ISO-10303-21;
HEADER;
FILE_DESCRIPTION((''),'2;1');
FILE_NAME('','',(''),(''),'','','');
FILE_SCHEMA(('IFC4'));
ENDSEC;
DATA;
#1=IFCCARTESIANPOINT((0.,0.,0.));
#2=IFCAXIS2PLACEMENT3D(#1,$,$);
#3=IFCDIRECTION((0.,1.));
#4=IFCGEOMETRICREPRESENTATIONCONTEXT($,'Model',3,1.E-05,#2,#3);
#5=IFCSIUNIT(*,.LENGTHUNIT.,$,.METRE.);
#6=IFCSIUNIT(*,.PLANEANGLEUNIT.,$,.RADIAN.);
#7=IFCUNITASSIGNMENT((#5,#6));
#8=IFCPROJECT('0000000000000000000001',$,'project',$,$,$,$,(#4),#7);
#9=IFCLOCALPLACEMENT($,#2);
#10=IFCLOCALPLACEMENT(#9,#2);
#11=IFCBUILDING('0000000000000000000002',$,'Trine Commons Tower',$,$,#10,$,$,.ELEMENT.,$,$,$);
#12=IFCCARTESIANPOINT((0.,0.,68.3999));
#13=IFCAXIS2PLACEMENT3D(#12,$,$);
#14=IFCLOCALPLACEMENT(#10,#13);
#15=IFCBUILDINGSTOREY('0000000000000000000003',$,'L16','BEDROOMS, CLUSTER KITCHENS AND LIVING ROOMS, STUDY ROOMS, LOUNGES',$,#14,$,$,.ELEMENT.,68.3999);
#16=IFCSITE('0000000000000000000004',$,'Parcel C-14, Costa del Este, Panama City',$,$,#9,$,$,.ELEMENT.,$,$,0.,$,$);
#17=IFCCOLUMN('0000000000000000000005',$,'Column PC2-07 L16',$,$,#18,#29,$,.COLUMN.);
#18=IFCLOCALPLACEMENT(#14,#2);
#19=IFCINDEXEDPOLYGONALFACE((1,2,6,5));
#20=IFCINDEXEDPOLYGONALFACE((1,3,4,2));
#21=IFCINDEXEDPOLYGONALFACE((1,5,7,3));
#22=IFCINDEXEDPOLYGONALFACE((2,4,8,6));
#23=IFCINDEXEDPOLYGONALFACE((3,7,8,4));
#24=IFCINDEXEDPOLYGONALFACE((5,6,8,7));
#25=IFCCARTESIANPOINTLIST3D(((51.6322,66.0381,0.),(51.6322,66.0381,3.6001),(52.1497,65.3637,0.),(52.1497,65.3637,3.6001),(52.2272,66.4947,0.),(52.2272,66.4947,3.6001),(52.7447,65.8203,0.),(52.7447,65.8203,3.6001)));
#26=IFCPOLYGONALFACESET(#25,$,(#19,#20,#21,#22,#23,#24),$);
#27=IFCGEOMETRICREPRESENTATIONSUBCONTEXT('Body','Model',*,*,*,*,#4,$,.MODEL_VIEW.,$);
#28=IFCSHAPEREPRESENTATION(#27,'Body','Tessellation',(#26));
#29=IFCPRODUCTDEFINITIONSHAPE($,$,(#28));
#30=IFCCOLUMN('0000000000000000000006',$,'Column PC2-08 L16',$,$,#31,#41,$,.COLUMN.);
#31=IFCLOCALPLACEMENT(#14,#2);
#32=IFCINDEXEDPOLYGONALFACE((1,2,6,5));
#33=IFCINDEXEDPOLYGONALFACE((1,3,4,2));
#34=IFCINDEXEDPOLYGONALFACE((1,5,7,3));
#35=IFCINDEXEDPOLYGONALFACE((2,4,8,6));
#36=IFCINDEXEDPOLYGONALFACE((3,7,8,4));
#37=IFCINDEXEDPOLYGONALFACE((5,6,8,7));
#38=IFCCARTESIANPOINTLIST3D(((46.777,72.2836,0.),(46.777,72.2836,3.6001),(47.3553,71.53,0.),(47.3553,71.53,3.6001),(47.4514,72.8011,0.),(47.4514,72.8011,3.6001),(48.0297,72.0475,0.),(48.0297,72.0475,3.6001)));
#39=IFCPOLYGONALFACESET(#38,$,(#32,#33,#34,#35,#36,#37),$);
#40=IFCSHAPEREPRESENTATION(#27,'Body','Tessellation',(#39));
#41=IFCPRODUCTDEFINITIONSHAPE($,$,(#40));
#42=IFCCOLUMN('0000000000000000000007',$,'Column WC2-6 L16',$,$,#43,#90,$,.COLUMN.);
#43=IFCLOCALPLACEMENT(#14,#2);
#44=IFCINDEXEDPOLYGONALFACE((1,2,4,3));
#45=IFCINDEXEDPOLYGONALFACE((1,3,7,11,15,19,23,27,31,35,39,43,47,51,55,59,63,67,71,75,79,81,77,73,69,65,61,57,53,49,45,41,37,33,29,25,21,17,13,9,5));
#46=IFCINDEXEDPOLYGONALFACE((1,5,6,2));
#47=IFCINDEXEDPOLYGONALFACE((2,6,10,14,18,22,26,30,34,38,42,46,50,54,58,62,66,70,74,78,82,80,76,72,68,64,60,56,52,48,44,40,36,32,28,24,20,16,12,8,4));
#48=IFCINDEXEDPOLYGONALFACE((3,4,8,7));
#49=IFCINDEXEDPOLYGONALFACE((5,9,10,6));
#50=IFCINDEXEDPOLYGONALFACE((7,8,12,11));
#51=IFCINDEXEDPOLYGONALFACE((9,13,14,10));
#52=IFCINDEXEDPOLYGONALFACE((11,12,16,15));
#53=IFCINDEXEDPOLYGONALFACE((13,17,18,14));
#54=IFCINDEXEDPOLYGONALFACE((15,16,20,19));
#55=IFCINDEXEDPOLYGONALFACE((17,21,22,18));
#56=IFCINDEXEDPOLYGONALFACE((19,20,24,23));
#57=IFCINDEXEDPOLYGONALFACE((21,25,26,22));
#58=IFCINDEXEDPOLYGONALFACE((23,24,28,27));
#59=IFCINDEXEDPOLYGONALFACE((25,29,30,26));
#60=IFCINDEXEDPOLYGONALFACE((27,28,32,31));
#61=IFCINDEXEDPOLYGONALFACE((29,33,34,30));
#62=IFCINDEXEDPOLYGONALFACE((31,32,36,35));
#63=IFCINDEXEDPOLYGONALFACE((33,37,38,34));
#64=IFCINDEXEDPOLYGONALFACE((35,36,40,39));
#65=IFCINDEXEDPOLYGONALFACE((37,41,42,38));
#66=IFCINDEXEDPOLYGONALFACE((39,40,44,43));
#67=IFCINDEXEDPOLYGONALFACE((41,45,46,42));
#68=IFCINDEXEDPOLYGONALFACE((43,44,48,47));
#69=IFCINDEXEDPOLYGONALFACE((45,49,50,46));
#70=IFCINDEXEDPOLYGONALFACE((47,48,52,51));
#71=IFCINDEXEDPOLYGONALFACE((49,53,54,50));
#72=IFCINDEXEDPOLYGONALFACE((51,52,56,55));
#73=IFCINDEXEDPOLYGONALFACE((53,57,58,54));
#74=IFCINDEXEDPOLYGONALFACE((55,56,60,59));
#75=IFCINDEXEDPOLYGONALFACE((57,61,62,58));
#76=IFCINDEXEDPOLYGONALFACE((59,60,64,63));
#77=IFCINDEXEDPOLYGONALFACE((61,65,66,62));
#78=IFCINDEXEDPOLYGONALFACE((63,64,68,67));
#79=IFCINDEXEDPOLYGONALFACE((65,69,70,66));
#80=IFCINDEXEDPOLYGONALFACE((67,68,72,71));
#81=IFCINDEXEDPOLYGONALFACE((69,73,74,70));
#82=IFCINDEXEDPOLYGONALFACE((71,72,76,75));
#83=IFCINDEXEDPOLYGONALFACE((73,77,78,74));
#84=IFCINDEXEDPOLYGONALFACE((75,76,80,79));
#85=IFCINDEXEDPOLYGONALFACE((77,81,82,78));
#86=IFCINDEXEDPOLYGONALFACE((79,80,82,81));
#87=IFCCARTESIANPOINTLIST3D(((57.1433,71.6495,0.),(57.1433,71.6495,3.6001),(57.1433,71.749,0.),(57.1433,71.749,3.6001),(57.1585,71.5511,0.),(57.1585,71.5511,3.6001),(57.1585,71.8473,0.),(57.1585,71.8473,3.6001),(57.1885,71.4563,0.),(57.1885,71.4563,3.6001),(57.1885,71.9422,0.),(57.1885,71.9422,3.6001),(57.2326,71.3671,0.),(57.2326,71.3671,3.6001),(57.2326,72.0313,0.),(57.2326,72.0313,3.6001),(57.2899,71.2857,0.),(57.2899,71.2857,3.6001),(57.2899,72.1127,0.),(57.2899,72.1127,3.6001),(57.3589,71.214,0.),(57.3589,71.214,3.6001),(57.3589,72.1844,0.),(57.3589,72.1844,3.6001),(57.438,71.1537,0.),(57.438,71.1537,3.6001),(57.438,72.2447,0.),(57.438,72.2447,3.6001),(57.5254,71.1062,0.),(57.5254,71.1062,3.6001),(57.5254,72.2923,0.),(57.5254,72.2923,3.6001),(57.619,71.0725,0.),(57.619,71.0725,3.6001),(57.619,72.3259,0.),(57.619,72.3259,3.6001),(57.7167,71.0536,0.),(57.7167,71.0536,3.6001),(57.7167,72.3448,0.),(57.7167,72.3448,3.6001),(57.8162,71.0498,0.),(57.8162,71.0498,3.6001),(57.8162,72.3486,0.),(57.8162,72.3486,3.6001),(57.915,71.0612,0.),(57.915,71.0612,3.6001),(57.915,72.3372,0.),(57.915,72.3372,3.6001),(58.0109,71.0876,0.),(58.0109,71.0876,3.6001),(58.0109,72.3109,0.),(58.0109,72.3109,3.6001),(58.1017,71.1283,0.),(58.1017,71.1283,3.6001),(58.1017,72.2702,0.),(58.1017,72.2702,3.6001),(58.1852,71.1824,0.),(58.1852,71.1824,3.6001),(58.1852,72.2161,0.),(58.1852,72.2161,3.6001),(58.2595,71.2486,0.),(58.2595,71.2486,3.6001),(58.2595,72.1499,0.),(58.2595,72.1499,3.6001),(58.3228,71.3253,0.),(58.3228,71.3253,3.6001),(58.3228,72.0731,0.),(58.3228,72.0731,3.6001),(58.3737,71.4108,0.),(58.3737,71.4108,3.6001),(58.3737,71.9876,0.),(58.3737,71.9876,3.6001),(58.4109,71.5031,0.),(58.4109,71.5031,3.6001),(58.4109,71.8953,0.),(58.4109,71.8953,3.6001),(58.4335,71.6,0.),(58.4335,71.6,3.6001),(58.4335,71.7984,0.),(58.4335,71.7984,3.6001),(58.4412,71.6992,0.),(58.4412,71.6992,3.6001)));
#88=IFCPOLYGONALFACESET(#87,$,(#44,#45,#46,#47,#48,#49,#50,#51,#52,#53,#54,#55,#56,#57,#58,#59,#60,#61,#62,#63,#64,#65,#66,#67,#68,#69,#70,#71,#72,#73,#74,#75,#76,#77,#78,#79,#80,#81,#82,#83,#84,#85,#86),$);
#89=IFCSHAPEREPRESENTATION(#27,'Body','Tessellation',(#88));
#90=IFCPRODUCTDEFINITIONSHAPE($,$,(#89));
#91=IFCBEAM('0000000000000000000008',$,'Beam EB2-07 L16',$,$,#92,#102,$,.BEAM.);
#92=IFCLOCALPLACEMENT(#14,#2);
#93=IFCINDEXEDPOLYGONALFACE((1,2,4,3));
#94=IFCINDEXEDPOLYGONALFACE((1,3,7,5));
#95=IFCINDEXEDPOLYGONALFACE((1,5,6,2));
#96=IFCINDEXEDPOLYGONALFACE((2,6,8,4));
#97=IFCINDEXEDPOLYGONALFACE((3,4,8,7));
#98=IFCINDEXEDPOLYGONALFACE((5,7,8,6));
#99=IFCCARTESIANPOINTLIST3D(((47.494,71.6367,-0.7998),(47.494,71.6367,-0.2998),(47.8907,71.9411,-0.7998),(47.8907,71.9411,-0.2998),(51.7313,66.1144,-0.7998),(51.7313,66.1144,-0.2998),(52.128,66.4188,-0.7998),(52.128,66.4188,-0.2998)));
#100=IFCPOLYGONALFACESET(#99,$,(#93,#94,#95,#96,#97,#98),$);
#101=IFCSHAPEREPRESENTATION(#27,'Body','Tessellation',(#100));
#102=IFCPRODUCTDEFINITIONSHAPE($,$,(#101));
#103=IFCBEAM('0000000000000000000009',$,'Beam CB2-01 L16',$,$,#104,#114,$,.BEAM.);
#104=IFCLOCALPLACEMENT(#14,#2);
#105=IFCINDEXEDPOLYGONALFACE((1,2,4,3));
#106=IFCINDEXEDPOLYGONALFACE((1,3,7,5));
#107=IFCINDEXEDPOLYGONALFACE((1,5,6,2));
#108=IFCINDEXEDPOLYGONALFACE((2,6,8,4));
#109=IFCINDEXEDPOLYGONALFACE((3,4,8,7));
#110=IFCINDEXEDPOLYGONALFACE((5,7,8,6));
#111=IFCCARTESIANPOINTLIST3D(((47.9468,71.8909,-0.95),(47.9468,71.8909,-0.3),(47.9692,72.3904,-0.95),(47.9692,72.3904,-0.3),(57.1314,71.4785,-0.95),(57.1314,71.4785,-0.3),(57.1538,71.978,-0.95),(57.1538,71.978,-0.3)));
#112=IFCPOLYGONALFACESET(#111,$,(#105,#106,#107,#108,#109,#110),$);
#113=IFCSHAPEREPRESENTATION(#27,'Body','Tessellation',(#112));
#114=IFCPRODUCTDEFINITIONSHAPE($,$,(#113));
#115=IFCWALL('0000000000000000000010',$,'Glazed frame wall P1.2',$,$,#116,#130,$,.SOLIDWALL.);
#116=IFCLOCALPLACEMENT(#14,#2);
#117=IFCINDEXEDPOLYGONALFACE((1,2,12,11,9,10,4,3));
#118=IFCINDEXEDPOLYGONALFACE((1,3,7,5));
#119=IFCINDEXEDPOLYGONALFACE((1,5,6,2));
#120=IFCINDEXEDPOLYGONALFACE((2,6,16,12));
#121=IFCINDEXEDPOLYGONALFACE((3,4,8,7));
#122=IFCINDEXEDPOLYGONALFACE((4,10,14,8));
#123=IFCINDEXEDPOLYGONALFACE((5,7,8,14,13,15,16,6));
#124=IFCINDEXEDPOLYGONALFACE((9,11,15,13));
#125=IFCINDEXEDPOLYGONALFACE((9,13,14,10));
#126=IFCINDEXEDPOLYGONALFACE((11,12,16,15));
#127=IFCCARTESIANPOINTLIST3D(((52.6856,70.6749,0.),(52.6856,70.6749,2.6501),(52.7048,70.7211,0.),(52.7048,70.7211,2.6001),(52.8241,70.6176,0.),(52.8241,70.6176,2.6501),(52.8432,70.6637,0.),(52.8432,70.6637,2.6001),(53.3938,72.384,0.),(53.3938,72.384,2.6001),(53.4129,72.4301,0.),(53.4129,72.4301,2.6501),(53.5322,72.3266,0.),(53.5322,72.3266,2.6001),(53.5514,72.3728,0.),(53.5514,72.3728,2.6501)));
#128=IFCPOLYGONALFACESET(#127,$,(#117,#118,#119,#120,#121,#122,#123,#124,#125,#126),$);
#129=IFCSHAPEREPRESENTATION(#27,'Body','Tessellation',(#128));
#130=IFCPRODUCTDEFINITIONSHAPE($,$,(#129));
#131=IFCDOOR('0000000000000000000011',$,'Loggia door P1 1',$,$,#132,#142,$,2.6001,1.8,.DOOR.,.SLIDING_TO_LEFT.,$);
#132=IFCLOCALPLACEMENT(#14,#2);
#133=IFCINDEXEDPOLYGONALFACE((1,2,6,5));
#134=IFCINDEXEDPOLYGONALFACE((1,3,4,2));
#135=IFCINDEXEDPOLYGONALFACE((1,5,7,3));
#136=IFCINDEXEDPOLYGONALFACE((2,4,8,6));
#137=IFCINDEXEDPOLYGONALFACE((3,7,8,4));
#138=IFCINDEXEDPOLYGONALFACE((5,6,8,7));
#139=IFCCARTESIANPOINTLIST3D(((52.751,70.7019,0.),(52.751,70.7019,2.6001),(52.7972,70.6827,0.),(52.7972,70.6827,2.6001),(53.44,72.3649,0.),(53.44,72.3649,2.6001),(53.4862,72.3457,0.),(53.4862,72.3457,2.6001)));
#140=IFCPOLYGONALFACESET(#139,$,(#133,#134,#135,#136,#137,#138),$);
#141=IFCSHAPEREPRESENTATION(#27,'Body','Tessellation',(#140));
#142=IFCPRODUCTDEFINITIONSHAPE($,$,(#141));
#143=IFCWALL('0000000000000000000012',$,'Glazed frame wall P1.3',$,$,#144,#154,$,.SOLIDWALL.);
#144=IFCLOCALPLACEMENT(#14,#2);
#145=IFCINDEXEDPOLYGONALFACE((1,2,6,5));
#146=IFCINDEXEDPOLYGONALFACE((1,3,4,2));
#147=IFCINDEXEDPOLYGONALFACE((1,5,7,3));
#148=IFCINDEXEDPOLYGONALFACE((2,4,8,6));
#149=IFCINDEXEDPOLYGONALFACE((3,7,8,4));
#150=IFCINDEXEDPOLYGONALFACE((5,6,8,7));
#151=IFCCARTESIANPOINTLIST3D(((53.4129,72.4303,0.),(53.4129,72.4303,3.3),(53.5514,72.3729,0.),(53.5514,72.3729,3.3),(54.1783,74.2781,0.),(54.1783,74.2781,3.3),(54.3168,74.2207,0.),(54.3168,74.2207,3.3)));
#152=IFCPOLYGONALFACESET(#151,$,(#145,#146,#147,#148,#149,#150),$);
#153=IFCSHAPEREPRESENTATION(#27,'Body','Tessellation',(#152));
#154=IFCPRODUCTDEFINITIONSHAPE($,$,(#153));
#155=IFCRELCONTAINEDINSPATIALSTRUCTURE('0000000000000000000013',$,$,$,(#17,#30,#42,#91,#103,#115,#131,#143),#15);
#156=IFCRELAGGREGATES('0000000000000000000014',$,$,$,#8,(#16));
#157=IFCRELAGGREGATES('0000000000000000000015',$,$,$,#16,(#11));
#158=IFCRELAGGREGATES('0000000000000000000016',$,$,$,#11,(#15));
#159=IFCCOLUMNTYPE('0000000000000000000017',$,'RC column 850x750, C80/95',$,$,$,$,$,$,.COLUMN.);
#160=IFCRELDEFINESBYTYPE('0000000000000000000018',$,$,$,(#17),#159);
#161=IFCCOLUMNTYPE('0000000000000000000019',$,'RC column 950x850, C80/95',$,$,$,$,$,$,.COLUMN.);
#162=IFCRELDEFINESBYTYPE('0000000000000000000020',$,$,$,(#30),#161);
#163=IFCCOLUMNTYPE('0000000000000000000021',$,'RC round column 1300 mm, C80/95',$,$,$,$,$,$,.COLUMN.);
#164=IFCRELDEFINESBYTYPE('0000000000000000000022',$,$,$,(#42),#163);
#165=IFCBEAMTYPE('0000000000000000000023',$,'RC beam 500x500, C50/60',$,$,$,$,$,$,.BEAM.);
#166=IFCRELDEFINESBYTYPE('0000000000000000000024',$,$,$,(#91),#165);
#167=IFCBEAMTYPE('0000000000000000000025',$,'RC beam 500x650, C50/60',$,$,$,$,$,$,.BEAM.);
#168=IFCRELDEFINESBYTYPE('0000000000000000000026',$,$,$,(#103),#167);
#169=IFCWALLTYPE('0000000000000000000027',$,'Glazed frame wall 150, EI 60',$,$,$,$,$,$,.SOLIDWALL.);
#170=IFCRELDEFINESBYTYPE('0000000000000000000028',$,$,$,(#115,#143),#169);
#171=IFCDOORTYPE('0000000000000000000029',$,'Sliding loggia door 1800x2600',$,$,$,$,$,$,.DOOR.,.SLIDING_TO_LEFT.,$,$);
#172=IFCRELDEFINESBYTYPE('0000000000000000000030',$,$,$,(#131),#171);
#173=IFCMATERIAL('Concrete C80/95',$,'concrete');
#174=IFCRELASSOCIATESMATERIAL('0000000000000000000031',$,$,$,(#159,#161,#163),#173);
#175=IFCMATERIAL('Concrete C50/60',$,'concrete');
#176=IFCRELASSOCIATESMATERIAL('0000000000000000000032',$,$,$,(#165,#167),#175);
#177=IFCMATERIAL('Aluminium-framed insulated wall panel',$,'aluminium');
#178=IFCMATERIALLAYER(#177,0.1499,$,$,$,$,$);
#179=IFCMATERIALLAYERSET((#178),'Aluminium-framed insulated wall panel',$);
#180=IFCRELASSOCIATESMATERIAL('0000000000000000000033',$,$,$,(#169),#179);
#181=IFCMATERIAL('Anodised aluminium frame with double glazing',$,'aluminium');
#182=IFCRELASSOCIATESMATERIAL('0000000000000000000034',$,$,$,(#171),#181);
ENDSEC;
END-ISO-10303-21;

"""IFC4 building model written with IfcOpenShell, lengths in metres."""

from ifc_helpers import new_model, si_unit, direction, frame, frame_2d, origin, origin_2d, place, context, subcontext, project, spatial, polyline, rectangle, circle, outline, extrude, material, layer, layer_set, material_profile, profile_set, type_object, element, fill, save


model = new_model("IFC4")

# Units and contexts
model_context = context("Model", 3, precision=1e-05, world=origin(), true_north=direction((0.0, 1.0)))
body_context = subcontext(model_context, "Body", "Model", "MODEL_VIEW")
ifc_project = project(units=[si_unit("LENGTHUNIT", "METRE"), si_unit("PLANEANGLEUNIT", "RADIAN")], contexts=[model_context])

# Site, building, storey
site_placement = place(None, origin())
site = spatial("IfcSite", under=ifc_project, at=site_placement, Name="Parcel C-14, Costa del Este, Panama City", CompositionType="ELEMENT", RefElevation=0.0)
building_placement = place(site_placement, origin())
building = spatial("IfcBuilding", under=site, at=building_placement, Name="Trine Commons Tower", CompositionType="ELEMENT")
storey_placement = place(building_placement, frame((0.0, 0.0, 68.3999)))
storey = spatial("IfcBuildingStorey", under=building, at=storey_placement, Name="L16", Description="BEDROOMS, CLUSTER KITCHENS AND LIVING ROOMS, STUDY ROOMS, LOUNGES", CompositionType="ELEMENT", Elevation=68.3999)

# Columns
ifc_material_1 = material(Name="Concrete C80/95", Category="concrete")
ifc_material_profile_1 = material_profile(ifc_material_1, rectangle(XDim=0.8501, YDim=0.75, at=origin_2d()), Name="RC 850x750")
ifc_profile_set_1 = profile_set([ifc_material_profile_1], Name="Concrete C80/95")
column_type_1 = type_object("IfcColumnType", Name="RC column 850x750, C80/95", PredefinedType="COLUMN", material=ifc_profile_set_1)
column_1_placement = place(storey_placement, frame((52.1885, 65.9292, 0.0), z_axis=(0.0, 0.0, 1.0), x_axis=(-0.608761, 0.793353, 0.0)))
element("IfcColumn", 1, at=column_1_placement, inside=storey, type_object=column_type_1, Name="Column PC2-07 L16", PredefinedType="COLUMN", context=body_context, shape_type="SweptSolid", body=[
    extrude(rectangle(XDim=0.8501, YDim=0.75, at=origin_2d()), origin(), (0.0, 0.0, 1.0), 3.6001),
])
ifc_material_profile_2 = material_profile(ifc_material_1, rectangle(XDim=0.95, YDim=0.8501, at=origin_2d()), Name="RC 950x850")
ifc_profile_set_2 = profile_set([ifc_material_profile_2], Name="Concrete C80/95")
column_type_2 = type_object("IfcColumnType", Name="RC column 950x850, C80/95", PredefinedType="COLUMN", material=ifc_profile_set_2)
column_2_placement = place(storey_placement, frame((47.4033, 72.1655, 0.0), z_axis=(0.0, 0.0, 1.0), x_axis=(-0.608761, 0.793353, 0.0)))
element("IfcColumn", 2, at=column_2_placement, inside=storey, type_object=column_type_2, Name="Column PC2-08 L16", PredefinedType="COLUMN", context=body_context, shape_type="SweptSolid", body=[
    extrude(rectangle(XDim=0.95, YDim=0.8501, at=origin_2d()), origin(), (0.0, 0.0, 1.0), 3.6001),
])
ifc_material_profile_3 = material_profile(ifc_material_1, circle(Radius=0.6499, at=origin_2d()), Name="RC round 1300")
ifc_profile_set_3 = profile_set([ifc_material_profile_3], Name="Concrete C80/95")
column_type_3 = type_object("IfcColumnType", Name="RC round column 1300 mm, C80/95", PredefinedType="COLUMN", material=ifc_profile_set_3)
column_3_placement = place(storey_placement, frame((57.7913, 71.6992, 0.0), z_axis=(0.0, 0.0, 1.0), x_axis=(1.0, 0.0, 0.0)))
element("IfcColumn", 3, at=column_3_placement, inside=storey, type_object=column_type_3, Name="Column WC2-6 L16", PredefinedType="COLUMN", context=body_context, shape_type="SweptSolid", body=[
    extrude(circle(Radius=0.6499, at=origin_2d()), origin(), (0.0, 0.0, 1.0), 3.6001),
])

# Beams
ifc_material_2 = material(Name="Concrete C50/60", Category="concrete")
ifc_material_profile_4 = material_profile(ifc_material_2, rectangle(XDim=0.5, YDim=0.5, at=origin_2d()), Name="RC 500x500")
ifc_profile_set_4 = profile_set([ifc_material_profile_4], Name="Concrete C50/60")
beam_type_1 = type_object("IfcBeamType", Name="RC beam 500x500, C50/60", PredefinedType="BEAM", material=ifc_profile_set_4)
beam_1_placement = place(storey_placement, frame((51.9297, 66.2666, -0.5498), z_axis=(-0.608758, 0.793356, 0.0), x_axis=(-0.793356, -0.608758, 0.0)))
element("IfcBeam", 4, at=beam_1_placement, inside=storey, type_object=beam_type_1, Name="Beam EB2-07 L16", PredefinedType="BEAM", context=body_context, shape_type="SweptSolid", body=[
    extrude(rectangle(XDim=0.5, YDim=0.5, at=origin_2d()), origin(), (0.0, 0.0, 1.0), 6.9607),
])
ifc_material_profile_5 = material_profile(ifc_material_2, rectangle(XDim=0.5, YDim=0.6499, at=origin_2d()), Name="RC 500x650")
ifc_profile_set_5 = profile_set([ifc_material_profile_5], Name="Concrete C50/60")
beam_type_2 = type_object("IfcBeamType", Name="RC beam 500x650, C50/60", PredefinedType="BEAM", material=ifc_profile_set_5)
beam_2_placement = place(storey_placement, frame((47.958, 72.1406, -0.625), z_axis=(0.998994, -0.044851, 0.0), x_axis=(0.044851, 0.998994, 0.0)))
element("IfcBeam", 5, at=beam_2_placement, inside=storey, type_object=beam_type_2, Name="Beam CB2-01 L16", PredefinedType="BEAM", context=body_context, shape_type="SweptSolid", body=[
    extrude(rectangle(XDim=0.5, YDim=0.6499, at=origin_2d()), origin(), (0.0, 0.0, 1.0), 9.1938),
])

# Shared definitions
ifc_material_3 = material(Name="Aluminium-framed insulated wall panel", Category="aluminium")
ifc_layer_1 = layer(ifc_material_3, 0.1499)
ifc_layer_set_1 = layer_set([ifc_layer_1], Name="Aluminium-framed insulated wall panel")
wall_type_1 = type_object("IfcWallType", Name="Glazed frame wall 150, EI 60", PredefinedType="SOLIDWALL", material=ifc_layer_set_1)

# Wall, opening, door
wall_1_placement = place(storey_placement, frame((52.7549, 70.6462, 0.0), z_axis=(0.0, 0.0, 1.0), x_axis=(0.382772, 0.923843, 0.0)))
wall_1 = element("IfcWall", 6, at=wall_1_placement, inside=storey, type_object=wall_type_1, Name="Glazed frame wall P1.2", PredefinedType="SOLIDWALL", context=body_context, shape_type="SweptSolid", body=[
    extrude(outline(polyline([(0.0, -0.075), (1.8999, -0.075), (1.8999, 0.075), (0.0, 0.075), (0.0, -0.075)])), origin(), (0.0, 0.0, 1.0), 2.6501),
])
opening_1_placement = place(wall_1_placement, frame((0.05, 0.0, 0.0)))
opening_1 = element("IfcOpeningElement", 7, at=opening_1_placement, cuts=wall_1, PredefinedType="OPENING", context=body_context, shape_type="SweptSolid", body=[
    extrude(rectangle(XDim=1.8, YDim=2.6001, at=frame_2d((0.8999, 1.3))), frame((0.0, 0.085, 0.0), z_axis=(0.0, -1.0, 0.0), x_axis=(1.0, 0.0, 0.0)), (0.0, 0.0, 1.0), 0.1699),
])
ifc_material_4 = material(Name="Anodised aluminium frame with double glazing", Category="aluminium")
door_type_1 = type_object("IfcDoorType", Name="Sliding loggia door 1800x2600", OperationType="SLIDING_TO_LEFT", PredefinedType="DOOR", material=ifc_material_4)
door_1_placement = place(opening_1_placement, origin())
door_1 = element("IfcDoor", 8, at=door_1_placement, inside=storey, type_object=door_type_1, Name="Loggia door P1 1", OperationType="SLIDING_TO_LEFT", OverallHeight=2.6001, OverallWidth=1.8, PredefinedType="DOOR", context=body_context, shape_type="SweptSolid", body=[
    extrude(rectangle(XDim=1.8, YDim=2.6001, at=frame_2d((0.8999, 1.3))), frame((0.0, 0.0249, 0.0), z_axis=(0.0, -1.0, 0.0), x_axis=(1.0, 0.0, 0.0)), (0.0, 0.0, 1.0), 0.05),
])
fill(opening_1, door_1)

# Wall
wall_2_placement = place(storey_placement, frame((53.4822, 72.4016, 0.0), z_axis=(0.0, 0.0, 1.0), x_axis=(0.382664, 0.923887, 0.0)))
element("IfcWall", 9, at=wall_2_placement, inside=storey, type_object=wall_type_1, Name="Glazed frame wall P1.3", PredefinedType="SOLIDWALL", context=body_context, shape_type="SweptSolid", body=[
    extrude(outline(polyline([(0.0, -0.075), (2.0, -0.075), (2.0, 0.075), (0.0, 0.075), (0.0, -0.075)])), origin(), (0.0, 0.0, 1.0), 3.3),
])

save(model, "model.ifc")
